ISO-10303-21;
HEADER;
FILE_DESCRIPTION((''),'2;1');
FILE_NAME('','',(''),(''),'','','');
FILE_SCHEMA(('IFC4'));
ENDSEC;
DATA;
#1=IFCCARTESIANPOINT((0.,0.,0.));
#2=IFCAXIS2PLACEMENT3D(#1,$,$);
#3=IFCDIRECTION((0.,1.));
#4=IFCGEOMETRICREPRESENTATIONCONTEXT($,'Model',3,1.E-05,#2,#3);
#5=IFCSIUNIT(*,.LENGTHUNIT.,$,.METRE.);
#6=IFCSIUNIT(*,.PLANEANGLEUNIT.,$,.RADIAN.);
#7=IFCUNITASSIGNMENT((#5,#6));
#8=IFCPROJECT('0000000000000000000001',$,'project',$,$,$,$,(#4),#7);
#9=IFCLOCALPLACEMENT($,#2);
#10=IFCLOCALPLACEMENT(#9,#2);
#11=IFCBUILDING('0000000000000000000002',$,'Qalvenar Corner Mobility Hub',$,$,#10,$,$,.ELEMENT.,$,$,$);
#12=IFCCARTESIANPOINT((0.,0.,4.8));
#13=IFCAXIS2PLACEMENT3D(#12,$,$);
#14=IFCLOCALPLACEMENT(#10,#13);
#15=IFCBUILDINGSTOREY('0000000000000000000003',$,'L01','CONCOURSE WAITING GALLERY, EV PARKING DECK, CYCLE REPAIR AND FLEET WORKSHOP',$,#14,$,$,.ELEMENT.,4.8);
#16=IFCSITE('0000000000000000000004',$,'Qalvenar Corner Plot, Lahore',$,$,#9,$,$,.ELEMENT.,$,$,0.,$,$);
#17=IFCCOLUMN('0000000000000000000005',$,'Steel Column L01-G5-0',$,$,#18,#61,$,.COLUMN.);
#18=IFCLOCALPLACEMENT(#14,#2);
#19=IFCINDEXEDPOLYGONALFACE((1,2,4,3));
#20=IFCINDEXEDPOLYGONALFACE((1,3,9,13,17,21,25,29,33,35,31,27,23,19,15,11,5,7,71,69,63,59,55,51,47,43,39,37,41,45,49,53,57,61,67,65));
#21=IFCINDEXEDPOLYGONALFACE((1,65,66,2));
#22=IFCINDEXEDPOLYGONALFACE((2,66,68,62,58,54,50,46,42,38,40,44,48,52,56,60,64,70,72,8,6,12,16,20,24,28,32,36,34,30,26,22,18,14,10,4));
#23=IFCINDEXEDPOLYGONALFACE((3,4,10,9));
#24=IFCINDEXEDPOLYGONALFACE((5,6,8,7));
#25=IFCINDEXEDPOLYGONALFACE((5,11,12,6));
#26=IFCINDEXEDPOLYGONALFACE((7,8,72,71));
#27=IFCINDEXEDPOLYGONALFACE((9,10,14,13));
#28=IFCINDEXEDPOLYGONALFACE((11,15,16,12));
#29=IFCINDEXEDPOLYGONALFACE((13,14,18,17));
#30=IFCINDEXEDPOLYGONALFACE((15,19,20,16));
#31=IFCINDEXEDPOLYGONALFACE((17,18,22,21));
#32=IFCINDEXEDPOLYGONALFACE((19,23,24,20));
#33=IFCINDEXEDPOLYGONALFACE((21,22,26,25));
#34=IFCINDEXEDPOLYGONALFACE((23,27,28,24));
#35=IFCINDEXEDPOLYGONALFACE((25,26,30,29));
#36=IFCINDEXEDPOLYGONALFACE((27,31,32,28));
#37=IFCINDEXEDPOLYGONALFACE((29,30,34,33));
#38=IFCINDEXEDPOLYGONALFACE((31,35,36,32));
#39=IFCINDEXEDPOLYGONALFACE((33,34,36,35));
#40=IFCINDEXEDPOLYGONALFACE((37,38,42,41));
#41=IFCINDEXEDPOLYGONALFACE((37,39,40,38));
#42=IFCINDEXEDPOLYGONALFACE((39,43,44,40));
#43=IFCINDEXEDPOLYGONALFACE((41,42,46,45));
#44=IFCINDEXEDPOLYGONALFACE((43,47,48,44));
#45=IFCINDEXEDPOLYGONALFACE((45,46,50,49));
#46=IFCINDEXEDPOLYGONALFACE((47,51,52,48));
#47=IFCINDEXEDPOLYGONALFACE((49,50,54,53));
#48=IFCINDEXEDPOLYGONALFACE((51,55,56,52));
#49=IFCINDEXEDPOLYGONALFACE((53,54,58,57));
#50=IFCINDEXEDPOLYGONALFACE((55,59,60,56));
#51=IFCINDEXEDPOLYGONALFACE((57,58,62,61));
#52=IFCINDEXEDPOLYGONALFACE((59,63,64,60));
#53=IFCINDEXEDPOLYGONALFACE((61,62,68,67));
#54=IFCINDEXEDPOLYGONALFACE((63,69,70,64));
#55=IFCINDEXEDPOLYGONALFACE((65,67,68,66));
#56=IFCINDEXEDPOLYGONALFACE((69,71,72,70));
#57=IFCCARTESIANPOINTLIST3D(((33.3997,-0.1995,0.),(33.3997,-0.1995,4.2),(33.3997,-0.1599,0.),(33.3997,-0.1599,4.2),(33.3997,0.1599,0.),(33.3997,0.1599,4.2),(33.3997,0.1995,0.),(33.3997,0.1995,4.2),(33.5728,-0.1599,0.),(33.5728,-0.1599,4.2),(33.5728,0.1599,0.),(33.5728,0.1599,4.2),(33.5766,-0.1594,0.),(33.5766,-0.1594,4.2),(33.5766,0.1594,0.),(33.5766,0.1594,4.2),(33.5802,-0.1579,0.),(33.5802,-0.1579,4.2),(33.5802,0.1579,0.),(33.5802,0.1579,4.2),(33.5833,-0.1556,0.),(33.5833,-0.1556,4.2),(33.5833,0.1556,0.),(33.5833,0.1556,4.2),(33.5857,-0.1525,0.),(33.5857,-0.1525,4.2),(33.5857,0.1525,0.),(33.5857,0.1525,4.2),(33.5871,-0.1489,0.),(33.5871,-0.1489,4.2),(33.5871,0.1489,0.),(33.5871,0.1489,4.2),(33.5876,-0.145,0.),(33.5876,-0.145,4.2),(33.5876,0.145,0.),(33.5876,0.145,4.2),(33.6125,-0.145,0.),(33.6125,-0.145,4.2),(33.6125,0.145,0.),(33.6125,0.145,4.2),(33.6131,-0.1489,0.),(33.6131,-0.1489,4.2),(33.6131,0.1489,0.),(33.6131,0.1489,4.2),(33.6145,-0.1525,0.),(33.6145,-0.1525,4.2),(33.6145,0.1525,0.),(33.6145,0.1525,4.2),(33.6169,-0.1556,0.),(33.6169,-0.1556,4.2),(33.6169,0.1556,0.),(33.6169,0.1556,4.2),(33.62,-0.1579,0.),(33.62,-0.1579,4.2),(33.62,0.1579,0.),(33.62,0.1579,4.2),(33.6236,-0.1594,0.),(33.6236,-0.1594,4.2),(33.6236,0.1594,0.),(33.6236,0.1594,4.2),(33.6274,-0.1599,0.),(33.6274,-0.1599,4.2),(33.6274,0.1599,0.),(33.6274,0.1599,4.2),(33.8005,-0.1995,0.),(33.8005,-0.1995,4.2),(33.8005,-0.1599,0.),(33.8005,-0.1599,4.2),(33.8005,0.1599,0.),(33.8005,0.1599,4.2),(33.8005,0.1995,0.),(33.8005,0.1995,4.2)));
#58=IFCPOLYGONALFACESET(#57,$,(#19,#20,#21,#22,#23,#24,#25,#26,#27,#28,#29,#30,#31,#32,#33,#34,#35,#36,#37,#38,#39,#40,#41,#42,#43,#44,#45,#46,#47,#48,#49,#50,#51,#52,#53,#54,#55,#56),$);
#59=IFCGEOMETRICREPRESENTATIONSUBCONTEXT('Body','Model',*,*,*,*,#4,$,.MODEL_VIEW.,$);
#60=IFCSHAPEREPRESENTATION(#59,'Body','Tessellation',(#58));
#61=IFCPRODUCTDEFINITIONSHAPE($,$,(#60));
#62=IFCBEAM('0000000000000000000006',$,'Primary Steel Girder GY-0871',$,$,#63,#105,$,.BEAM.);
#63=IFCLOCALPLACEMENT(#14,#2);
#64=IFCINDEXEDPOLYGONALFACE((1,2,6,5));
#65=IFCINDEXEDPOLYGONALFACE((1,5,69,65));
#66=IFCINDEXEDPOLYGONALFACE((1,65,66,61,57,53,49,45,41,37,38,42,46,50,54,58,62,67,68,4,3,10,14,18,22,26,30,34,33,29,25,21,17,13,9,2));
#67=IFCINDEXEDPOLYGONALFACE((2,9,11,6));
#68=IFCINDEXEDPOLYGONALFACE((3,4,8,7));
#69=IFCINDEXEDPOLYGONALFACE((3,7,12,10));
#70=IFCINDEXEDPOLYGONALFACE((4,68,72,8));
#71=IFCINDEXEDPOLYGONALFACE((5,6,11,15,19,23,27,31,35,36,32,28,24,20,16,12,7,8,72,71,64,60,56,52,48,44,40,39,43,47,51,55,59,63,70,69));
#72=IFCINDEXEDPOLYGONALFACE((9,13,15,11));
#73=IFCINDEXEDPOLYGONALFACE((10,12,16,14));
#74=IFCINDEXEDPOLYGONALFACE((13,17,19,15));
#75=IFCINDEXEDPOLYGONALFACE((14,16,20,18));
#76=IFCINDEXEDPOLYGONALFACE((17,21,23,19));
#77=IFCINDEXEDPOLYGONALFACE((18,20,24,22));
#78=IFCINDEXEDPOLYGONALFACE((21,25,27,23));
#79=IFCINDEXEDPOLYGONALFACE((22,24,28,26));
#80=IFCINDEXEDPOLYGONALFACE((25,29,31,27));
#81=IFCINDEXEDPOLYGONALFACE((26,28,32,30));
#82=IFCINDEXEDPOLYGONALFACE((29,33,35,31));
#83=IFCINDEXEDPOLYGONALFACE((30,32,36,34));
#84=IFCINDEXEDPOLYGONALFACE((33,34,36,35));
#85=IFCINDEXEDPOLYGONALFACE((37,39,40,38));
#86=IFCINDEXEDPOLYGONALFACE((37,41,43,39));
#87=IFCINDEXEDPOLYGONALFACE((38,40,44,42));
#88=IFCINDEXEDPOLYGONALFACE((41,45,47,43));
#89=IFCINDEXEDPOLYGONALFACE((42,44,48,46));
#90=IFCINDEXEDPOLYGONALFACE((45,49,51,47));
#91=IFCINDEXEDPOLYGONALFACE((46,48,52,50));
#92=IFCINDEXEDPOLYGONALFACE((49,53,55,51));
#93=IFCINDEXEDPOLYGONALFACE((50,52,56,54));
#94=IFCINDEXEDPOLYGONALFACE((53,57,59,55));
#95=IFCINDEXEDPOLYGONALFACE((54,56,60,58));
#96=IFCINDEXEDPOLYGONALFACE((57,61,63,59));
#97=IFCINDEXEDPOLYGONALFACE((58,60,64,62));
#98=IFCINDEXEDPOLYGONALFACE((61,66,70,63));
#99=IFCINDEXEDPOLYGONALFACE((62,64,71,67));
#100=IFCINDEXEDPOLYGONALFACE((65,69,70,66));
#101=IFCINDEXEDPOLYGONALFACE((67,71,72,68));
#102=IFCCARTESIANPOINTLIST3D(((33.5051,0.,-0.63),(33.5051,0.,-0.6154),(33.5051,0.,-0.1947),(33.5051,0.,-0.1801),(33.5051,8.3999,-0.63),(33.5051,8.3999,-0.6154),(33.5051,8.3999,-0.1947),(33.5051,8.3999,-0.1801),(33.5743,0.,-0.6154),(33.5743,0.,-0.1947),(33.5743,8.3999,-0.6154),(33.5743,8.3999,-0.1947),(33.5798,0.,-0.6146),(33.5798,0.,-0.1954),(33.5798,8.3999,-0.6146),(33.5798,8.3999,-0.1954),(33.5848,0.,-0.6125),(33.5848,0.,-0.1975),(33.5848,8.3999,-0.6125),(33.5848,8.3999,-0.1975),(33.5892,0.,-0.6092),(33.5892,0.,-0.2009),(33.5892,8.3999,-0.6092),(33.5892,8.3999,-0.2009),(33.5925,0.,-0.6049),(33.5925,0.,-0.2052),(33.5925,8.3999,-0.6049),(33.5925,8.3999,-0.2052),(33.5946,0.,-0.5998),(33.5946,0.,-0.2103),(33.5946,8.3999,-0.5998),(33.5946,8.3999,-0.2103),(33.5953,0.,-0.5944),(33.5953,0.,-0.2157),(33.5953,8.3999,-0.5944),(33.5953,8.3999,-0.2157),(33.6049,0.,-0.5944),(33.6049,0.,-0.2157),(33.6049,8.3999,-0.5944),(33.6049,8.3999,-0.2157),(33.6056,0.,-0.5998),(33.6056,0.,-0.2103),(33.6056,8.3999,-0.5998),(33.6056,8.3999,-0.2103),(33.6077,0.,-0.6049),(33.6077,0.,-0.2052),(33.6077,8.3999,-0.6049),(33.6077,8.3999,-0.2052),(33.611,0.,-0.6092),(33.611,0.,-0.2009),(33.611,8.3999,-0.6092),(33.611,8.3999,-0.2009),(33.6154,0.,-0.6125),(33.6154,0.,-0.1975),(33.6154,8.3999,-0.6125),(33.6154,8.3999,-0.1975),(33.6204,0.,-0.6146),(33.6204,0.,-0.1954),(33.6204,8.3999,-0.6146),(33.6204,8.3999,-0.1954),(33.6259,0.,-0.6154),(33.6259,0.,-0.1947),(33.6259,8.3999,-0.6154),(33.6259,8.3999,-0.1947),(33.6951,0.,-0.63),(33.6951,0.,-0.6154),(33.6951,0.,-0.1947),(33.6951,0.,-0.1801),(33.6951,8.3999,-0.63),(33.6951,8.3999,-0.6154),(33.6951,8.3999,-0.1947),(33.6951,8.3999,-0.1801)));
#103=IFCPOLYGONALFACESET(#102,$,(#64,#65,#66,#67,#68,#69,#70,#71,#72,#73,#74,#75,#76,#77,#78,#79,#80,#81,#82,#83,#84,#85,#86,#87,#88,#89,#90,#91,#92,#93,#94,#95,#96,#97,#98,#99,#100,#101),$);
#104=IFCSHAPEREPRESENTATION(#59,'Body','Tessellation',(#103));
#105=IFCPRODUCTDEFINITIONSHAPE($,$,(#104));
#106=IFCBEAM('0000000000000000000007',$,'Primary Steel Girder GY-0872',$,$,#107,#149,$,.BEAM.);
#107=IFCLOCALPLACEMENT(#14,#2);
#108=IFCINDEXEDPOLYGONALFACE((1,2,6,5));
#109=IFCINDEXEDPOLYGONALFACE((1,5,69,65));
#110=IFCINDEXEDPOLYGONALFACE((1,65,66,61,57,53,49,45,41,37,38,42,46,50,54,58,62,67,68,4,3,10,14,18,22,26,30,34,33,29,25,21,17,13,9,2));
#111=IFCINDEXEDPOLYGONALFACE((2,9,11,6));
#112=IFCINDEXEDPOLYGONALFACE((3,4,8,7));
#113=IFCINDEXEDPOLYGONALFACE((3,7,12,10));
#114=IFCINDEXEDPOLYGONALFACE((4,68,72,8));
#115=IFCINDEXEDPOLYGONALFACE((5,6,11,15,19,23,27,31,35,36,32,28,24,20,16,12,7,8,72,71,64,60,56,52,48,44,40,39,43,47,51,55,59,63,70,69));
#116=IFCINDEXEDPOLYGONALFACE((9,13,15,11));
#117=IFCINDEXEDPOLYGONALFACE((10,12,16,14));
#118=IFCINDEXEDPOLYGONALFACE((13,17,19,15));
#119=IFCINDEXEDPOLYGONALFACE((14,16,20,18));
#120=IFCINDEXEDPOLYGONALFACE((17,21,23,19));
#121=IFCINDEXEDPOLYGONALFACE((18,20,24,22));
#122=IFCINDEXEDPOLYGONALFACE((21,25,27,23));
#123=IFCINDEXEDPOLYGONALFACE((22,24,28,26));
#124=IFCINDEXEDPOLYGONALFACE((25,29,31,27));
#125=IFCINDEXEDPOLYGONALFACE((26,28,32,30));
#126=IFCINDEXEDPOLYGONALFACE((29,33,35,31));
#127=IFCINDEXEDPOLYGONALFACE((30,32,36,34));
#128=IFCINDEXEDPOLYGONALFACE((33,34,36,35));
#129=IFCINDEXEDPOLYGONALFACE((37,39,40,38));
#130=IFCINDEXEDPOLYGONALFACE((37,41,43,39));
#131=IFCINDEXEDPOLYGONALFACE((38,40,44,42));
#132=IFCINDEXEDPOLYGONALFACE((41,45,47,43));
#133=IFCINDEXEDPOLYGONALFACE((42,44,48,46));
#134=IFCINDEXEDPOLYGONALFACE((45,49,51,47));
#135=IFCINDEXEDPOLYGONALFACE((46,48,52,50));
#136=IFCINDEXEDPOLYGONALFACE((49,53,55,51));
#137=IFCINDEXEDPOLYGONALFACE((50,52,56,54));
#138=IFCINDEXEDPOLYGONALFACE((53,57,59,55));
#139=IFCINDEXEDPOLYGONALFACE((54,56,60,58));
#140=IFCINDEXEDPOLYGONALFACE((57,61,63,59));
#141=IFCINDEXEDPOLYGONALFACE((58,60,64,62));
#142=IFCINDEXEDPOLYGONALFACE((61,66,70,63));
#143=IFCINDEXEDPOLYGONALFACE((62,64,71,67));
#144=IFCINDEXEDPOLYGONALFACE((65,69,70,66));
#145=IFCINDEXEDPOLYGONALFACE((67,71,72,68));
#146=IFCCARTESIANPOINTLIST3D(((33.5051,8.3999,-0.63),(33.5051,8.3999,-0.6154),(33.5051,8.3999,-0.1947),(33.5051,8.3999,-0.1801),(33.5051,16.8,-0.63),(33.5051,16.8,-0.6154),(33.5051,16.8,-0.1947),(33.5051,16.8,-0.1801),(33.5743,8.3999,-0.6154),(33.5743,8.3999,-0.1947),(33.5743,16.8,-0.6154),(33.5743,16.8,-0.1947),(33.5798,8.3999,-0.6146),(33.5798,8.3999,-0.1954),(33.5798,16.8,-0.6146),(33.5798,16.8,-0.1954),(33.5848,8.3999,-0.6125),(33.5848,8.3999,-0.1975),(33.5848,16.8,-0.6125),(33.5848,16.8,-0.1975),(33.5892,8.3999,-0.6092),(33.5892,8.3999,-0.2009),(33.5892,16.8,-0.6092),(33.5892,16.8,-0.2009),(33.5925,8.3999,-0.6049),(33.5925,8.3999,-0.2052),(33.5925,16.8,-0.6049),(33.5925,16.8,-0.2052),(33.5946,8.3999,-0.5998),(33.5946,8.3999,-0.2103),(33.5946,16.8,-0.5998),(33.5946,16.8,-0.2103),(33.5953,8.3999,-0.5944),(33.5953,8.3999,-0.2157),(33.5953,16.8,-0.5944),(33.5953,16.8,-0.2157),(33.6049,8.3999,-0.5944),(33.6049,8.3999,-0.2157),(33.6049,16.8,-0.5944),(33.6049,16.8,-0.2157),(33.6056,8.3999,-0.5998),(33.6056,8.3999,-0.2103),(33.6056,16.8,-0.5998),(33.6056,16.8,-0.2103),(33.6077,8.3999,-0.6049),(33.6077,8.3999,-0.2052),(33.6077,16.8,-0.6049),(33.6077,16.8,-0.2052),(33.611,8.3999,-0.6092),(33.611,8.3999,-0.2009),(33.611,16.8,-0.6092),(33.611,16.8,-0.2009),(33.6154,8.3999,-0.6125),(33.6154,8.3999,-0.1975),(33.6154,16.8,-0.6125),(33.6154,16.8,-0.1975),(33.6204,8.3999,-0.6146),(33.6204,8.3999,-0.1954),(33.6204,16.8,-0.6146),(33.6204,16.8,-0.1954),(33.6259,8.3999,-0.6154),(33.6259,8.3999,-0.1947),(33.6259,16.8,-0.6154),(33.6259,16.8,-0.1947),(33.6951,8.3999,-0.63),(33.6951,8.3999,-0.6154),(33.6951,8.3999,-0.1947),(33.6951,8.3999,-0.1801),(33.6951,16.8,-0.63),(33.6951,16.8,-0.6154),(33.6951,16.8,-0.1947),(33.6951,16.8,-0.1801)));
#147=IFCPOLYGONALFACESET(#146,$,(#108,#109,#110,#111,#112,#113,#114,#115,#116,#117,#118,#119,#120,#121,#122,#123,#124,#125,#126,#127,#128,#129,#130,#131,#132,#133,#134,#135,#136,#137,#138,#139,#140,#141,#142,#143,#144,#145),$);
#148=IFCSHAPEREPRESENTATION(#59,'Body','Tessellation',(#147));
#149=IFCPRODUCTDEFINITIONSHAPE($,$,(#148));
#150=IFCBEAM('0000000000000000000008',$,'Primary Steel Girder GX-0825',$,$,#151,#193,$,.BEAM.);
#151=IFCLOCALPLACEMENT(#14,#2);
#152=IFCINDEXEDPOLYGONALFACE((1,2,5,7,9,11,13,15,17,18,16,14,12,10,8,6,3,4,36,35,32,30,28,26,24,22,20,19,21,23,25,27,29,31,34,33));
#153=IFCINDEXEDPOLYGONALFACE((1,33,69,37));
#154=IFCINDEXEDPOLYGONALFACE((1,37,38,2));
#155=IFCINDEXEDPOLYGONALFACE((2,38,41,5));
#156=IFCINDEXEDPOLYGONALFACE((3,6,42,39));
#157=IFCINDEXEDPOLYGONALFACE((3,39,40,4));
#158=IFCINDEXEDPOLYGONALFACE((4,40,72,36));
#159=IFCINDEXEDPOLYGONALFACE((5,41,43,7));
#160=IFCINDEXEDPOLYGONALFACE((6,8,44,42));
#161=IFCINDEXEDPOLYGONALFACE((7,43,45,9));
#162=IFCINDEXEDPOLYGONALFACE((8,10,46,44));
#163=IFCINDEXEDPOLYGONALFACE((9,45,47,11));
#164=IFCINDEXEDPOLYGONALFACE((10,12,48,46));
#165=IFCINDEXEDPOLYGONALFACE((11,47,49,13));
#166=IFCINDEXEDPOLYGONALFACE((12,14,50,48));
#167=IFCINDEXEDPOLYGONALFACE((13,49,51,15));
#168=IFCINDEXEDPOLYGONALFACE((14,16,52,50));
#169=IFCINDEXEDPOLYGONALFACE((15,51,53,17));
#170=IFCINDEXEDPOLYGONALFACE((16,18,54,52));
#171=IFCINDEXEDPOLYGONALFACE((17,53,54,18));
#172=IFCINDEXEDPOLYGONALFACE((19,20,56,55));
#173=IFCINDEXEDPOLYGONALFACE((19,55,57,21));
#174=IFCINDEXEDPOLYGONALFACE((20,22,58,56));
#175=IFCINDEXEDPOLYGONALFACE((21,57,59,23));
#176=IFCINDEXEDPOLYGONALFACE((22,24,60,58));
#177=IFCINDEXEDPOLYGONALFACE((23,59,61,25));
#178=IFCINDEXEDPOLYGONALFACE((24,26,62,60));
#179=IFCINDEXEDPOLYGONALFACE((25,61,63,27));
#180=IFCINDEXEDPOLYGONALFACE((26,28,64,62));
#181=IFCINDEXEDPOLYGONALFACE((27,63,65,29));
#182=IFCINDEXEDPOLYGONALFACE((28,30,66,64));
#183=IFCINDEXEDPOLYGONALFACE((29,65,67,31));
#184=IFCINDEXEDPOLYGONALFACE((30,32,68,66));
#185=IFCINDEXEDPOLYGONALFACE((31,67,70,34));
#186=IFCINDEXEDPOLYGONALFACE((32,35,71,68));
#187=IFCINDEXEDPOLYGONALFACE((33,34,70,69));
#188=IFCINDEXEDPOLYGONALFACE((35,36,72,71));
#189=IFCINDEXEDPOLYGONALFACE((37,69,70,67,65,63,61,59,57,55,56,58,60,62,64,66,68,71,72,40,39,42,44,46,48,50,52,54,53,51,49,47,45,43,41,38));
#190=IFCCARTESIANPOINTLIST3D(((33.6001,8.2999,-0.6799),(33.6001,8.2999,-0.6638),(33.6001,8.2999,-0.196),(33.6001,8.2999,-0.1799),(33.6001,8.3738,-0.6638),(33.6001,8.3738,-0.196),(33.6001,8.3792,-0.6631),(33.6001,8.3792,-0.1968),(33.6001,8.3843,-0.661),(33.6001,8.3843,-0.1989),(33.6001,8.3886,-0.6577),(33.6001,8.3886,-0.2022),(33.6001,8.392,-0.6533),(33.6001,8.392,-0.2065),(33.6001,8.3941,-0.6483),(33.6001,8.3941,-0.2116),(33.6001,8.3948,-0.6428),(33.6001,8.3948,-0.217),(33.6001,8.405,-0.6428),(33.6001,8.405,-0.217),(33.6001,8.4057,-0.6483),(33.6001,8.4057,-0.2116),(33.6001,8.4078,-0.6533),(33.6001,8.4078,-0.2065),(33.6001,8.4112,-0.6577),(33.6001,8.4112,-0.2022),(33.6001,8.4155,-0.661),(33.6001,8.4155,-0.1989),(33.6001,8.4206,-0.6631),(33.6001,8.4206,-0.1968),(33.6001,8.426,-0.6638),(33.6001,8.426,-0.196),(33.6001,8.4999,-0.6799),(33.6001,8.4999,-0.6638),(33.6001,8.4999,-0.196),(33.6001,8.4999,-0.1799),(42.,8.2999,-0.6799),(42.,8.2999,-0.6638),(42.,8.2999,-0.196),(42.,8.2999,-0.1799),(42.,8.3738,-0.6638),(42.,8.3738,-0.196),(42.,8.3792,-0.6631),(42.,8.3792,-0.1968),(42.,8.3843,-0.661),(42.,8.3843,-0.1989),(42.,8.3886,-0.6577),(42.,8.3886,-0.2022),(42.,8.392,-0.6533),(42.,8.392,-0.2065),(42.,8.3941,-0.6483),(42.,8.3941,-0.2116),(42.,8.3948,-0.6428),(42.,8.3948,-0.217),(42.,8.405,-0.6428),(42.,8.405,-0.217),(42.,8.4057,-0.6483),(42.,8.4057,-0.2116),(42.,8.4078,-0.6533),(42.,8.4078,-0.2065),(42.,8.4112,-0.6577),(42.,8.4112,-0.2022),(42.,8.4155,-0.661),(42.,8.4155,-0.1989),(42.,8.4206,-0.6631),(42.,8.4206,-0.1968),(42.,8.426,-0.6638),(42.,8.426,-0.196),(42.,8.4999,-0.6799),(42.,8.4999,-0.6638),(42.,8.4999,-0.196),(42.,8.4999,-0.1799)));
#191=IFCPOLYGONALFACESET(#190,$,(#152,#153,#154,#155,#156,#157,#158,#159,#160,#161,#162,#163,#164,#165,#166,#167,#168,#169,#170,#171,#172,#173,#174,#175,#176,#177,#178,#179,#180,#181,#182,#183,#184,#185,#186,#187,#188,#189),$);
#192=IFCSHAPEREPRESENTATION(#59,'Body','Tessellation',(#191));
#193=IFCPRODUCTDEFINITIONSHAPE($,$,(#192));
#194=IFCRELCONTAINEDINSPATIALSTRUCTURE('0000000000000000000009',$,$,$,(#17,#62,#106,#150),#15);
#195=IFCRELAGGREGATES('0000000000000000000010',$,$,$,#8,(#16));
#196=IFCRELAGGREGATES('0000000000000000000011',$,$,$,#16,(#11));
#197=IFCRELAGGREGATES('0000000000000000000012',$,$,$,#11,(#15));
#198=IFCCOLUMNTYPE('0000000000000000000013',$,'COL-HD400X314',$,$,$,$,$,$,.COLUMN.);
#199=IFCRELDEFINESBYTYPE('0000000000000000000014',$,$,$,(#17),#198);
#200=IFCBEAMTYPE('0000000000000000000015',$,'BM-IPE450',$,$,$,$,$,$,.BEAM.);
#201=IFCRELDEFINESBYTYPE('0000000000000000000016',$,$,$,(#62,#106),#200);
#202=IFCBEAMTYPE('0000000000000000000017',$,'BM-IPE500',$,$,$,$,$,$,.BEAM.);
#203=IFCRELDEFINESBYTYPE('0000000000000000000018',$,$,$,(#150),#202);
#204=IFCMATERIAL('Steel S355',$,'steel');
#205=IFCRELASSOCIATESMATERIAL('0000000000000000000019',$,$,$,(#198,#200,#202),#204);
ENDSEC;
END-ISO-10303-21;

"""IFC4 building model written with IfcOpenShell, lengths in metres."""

from ifc_helpers import new_model, si_unit, direction, frame, origin, origin_2d, place, context, subcontext, project, spatial, i_section, extrude, material, material_profile, profile_set, type_object, element, save


model = new_model("IFC4")

# Units and contexts
model_context = context("Model", 3, precision=1e-05, world=origin(), true_north=direction((0.0, 1.0)))
body_context = subcontext(model_context, "Body", "Model", "MODEL_VIEW")
ifc_project = project(units=[si_unit("LENGTHUNIT", "METRE"), si_unit("PLANEANGLEUNIT", "RADIAN")], contexts=[model_context])

# Site, building, storey
site_placement = place(None, origin())
site = spatial("IfcSite", under=ifc_project, at=site_placement, Name="Qalvenar Corner Plot, Lahore", CompositionType="ELEMENT", RefElevation=0.0)
building_placement = place(site_placement, origin())
building = spatial("IfcBuilding", under=site, at=building_placement, Name="Qalvenar Corner Mobility Hub", CompositionType="ELEMENT")
storey_placement = place(building_placement, frame((0.0, 0.0, 4.8)))
storey = spatial("IfcBuildingStorey", under=building, at=storey_placement, Name="L01", Description="CONCOURSE WAITING GALLERY, EV PARKING DECK, CYCLE REPAIR AND FLEET WORKSHOP", CompositionType="ELEMENT", Elevation=4.8)

# Column
ifc_material_1 = material(Name="Steel S355", Category="steel")
ifc_material_profile_1 = material_profile(ifc_material_1, i_section(OverallWidth=0.4009, OverallDepth=0.3989, WebThickness=0.0249, FlangeThickness=0.0396, FilletRadius=0.0149, at=origin_2d()), Name="HD400x314")
ifc_profile_set_1 = profile_set([ifc_material_profile_1], Name="Steel S355")
column_type = type_object("IfcColumnType", Name="COL-HD400X314", PredefinedType="COLUMN", material=ifc_profile_set_1)
column_placement = place(storey_placement, frame((33.6001, 0.0, 0.0), z_axis=(0.0, 0.0, 1.0), x_axis=(1.0, 0.0, 0.0)))
element("IfcColumn", 1, at=column_placement, inside=storey, type_object=column_type, Name="Steel Column L01-G5-0", PredefinedType="COLUMN", context=body_context, shape_type="SweptSolid", body=[
    extrude(i_section(OverallWidth=0.4009, OverallDepth=0.3989, WebThickness=0.0249, FlangeThickness=0.0396, FilletRadius=0.0149, at=origin_2d()), origin(), (0.0, 0.0, 1.0), 4.2),
])

# Beams
ifc_material_profile_2 = material_profile(ifc_material_1, i_section(OverallWidth=0.1899, OverallDepth=0.45, WebThickness=0.0095, FlangeThickness=0.0146, FilletRadius=0.021, at=origin_2d()), Name="IPE450")
ifc_profile_set_2 = profile_set([ifc_material_profile_2], Name="Steel S355")
beam_type_1 = type_object("IfcBeamType", Name="BM-IPE450", PredefinedType="BEAM", material=ifc_profile_set_2)
beam_1_placement = place(storey_placement, frame((33.6001, 0.0, -0.405), z_axis=(0.0, 1.0, 0.0), x_axis=(-1.0, 0.0, 0.0)))
element("IfcBeam", 2, at=beam_1_placement, inside=storey, type_object=beam_type_1, Name="Primary Steel Girder GY-0871", PredefinedType="BEAM", context=body_context, shape_type="SweptSolid", body=[
    extrude(i_section(OverallWidth=0.1899, OverallDepth=0.45, WebThickness=0.0095, FlangeThickness=0.0146, FilletRadius=0.021, at=origin_2d()), origin(), (0.0, 0.0, 1.0), 8.3999),
])
beam_2_placement = place(storey_placement, frame((33.6001, 8.3999, -0.405), z_axis=(0.0, 1.0, 0.0), x_axis=(-1.0, 0.0, 0.0)))
element("IfcBeam", 3, at=beam_2_placement, inside=storey, type_object=beam_type_1, Name="Primary Steel Girder GY-0872", PredefinedType="BEAM", context=body_context, shape_type="SweptSolid", body=[
    extrude(i_section(OverallWidth=0.1899, OverallDepth=0.45, WebThickness=0.0095, FlangeThickness=0.0146, FilletRadius=0.021, at=origin_2d()), origin(), (0.0, 0.0, 1.0), 8.4001),
])
ifc_material_profile_3 = material_profile(ifc_material_1, i_section(OverallWidth=0.2, OverallDepth=0.5, WebThickness=0.0103, FlangeThickness=0.0161, FilletRadius=0.021, at=origin_2d()), Name="IPE500")
ifc_profile_set_3 = profile_set([ifc_material_profile_3], Name="Steel S355")
beam_type_2 = type_object("IfcBeamType", Name="BM-IPE500", PredefinedType="BEAM", material=ifc_profile_set_3)
beam_3_placement = place(storey_placement, frame((33.6001, 8.3999, -0.4299), z_axis=(1.0, 0.0, 0.0), x_axis=(0.0, 1.0, 0.0)))
element("IfcBeam", 4, at=beam_3_placement, inside=storey, type_object=beam_type_2, Name="Primary Steel Girder GX-0825", PredefinedType="BEAM", context=body_context, shape_type="SweptSolid", body=[
    extrude(i_section(OverallWidth=0.2, OverallDepth=0.5, WebThickness=0.0103, FlangeThickness=0.0161, FilletRadius=0.021, at=origin_2d()), origin(), (0.0, 0.0, 1.0), 8.3999),
])

save(model, "model.ifc")
